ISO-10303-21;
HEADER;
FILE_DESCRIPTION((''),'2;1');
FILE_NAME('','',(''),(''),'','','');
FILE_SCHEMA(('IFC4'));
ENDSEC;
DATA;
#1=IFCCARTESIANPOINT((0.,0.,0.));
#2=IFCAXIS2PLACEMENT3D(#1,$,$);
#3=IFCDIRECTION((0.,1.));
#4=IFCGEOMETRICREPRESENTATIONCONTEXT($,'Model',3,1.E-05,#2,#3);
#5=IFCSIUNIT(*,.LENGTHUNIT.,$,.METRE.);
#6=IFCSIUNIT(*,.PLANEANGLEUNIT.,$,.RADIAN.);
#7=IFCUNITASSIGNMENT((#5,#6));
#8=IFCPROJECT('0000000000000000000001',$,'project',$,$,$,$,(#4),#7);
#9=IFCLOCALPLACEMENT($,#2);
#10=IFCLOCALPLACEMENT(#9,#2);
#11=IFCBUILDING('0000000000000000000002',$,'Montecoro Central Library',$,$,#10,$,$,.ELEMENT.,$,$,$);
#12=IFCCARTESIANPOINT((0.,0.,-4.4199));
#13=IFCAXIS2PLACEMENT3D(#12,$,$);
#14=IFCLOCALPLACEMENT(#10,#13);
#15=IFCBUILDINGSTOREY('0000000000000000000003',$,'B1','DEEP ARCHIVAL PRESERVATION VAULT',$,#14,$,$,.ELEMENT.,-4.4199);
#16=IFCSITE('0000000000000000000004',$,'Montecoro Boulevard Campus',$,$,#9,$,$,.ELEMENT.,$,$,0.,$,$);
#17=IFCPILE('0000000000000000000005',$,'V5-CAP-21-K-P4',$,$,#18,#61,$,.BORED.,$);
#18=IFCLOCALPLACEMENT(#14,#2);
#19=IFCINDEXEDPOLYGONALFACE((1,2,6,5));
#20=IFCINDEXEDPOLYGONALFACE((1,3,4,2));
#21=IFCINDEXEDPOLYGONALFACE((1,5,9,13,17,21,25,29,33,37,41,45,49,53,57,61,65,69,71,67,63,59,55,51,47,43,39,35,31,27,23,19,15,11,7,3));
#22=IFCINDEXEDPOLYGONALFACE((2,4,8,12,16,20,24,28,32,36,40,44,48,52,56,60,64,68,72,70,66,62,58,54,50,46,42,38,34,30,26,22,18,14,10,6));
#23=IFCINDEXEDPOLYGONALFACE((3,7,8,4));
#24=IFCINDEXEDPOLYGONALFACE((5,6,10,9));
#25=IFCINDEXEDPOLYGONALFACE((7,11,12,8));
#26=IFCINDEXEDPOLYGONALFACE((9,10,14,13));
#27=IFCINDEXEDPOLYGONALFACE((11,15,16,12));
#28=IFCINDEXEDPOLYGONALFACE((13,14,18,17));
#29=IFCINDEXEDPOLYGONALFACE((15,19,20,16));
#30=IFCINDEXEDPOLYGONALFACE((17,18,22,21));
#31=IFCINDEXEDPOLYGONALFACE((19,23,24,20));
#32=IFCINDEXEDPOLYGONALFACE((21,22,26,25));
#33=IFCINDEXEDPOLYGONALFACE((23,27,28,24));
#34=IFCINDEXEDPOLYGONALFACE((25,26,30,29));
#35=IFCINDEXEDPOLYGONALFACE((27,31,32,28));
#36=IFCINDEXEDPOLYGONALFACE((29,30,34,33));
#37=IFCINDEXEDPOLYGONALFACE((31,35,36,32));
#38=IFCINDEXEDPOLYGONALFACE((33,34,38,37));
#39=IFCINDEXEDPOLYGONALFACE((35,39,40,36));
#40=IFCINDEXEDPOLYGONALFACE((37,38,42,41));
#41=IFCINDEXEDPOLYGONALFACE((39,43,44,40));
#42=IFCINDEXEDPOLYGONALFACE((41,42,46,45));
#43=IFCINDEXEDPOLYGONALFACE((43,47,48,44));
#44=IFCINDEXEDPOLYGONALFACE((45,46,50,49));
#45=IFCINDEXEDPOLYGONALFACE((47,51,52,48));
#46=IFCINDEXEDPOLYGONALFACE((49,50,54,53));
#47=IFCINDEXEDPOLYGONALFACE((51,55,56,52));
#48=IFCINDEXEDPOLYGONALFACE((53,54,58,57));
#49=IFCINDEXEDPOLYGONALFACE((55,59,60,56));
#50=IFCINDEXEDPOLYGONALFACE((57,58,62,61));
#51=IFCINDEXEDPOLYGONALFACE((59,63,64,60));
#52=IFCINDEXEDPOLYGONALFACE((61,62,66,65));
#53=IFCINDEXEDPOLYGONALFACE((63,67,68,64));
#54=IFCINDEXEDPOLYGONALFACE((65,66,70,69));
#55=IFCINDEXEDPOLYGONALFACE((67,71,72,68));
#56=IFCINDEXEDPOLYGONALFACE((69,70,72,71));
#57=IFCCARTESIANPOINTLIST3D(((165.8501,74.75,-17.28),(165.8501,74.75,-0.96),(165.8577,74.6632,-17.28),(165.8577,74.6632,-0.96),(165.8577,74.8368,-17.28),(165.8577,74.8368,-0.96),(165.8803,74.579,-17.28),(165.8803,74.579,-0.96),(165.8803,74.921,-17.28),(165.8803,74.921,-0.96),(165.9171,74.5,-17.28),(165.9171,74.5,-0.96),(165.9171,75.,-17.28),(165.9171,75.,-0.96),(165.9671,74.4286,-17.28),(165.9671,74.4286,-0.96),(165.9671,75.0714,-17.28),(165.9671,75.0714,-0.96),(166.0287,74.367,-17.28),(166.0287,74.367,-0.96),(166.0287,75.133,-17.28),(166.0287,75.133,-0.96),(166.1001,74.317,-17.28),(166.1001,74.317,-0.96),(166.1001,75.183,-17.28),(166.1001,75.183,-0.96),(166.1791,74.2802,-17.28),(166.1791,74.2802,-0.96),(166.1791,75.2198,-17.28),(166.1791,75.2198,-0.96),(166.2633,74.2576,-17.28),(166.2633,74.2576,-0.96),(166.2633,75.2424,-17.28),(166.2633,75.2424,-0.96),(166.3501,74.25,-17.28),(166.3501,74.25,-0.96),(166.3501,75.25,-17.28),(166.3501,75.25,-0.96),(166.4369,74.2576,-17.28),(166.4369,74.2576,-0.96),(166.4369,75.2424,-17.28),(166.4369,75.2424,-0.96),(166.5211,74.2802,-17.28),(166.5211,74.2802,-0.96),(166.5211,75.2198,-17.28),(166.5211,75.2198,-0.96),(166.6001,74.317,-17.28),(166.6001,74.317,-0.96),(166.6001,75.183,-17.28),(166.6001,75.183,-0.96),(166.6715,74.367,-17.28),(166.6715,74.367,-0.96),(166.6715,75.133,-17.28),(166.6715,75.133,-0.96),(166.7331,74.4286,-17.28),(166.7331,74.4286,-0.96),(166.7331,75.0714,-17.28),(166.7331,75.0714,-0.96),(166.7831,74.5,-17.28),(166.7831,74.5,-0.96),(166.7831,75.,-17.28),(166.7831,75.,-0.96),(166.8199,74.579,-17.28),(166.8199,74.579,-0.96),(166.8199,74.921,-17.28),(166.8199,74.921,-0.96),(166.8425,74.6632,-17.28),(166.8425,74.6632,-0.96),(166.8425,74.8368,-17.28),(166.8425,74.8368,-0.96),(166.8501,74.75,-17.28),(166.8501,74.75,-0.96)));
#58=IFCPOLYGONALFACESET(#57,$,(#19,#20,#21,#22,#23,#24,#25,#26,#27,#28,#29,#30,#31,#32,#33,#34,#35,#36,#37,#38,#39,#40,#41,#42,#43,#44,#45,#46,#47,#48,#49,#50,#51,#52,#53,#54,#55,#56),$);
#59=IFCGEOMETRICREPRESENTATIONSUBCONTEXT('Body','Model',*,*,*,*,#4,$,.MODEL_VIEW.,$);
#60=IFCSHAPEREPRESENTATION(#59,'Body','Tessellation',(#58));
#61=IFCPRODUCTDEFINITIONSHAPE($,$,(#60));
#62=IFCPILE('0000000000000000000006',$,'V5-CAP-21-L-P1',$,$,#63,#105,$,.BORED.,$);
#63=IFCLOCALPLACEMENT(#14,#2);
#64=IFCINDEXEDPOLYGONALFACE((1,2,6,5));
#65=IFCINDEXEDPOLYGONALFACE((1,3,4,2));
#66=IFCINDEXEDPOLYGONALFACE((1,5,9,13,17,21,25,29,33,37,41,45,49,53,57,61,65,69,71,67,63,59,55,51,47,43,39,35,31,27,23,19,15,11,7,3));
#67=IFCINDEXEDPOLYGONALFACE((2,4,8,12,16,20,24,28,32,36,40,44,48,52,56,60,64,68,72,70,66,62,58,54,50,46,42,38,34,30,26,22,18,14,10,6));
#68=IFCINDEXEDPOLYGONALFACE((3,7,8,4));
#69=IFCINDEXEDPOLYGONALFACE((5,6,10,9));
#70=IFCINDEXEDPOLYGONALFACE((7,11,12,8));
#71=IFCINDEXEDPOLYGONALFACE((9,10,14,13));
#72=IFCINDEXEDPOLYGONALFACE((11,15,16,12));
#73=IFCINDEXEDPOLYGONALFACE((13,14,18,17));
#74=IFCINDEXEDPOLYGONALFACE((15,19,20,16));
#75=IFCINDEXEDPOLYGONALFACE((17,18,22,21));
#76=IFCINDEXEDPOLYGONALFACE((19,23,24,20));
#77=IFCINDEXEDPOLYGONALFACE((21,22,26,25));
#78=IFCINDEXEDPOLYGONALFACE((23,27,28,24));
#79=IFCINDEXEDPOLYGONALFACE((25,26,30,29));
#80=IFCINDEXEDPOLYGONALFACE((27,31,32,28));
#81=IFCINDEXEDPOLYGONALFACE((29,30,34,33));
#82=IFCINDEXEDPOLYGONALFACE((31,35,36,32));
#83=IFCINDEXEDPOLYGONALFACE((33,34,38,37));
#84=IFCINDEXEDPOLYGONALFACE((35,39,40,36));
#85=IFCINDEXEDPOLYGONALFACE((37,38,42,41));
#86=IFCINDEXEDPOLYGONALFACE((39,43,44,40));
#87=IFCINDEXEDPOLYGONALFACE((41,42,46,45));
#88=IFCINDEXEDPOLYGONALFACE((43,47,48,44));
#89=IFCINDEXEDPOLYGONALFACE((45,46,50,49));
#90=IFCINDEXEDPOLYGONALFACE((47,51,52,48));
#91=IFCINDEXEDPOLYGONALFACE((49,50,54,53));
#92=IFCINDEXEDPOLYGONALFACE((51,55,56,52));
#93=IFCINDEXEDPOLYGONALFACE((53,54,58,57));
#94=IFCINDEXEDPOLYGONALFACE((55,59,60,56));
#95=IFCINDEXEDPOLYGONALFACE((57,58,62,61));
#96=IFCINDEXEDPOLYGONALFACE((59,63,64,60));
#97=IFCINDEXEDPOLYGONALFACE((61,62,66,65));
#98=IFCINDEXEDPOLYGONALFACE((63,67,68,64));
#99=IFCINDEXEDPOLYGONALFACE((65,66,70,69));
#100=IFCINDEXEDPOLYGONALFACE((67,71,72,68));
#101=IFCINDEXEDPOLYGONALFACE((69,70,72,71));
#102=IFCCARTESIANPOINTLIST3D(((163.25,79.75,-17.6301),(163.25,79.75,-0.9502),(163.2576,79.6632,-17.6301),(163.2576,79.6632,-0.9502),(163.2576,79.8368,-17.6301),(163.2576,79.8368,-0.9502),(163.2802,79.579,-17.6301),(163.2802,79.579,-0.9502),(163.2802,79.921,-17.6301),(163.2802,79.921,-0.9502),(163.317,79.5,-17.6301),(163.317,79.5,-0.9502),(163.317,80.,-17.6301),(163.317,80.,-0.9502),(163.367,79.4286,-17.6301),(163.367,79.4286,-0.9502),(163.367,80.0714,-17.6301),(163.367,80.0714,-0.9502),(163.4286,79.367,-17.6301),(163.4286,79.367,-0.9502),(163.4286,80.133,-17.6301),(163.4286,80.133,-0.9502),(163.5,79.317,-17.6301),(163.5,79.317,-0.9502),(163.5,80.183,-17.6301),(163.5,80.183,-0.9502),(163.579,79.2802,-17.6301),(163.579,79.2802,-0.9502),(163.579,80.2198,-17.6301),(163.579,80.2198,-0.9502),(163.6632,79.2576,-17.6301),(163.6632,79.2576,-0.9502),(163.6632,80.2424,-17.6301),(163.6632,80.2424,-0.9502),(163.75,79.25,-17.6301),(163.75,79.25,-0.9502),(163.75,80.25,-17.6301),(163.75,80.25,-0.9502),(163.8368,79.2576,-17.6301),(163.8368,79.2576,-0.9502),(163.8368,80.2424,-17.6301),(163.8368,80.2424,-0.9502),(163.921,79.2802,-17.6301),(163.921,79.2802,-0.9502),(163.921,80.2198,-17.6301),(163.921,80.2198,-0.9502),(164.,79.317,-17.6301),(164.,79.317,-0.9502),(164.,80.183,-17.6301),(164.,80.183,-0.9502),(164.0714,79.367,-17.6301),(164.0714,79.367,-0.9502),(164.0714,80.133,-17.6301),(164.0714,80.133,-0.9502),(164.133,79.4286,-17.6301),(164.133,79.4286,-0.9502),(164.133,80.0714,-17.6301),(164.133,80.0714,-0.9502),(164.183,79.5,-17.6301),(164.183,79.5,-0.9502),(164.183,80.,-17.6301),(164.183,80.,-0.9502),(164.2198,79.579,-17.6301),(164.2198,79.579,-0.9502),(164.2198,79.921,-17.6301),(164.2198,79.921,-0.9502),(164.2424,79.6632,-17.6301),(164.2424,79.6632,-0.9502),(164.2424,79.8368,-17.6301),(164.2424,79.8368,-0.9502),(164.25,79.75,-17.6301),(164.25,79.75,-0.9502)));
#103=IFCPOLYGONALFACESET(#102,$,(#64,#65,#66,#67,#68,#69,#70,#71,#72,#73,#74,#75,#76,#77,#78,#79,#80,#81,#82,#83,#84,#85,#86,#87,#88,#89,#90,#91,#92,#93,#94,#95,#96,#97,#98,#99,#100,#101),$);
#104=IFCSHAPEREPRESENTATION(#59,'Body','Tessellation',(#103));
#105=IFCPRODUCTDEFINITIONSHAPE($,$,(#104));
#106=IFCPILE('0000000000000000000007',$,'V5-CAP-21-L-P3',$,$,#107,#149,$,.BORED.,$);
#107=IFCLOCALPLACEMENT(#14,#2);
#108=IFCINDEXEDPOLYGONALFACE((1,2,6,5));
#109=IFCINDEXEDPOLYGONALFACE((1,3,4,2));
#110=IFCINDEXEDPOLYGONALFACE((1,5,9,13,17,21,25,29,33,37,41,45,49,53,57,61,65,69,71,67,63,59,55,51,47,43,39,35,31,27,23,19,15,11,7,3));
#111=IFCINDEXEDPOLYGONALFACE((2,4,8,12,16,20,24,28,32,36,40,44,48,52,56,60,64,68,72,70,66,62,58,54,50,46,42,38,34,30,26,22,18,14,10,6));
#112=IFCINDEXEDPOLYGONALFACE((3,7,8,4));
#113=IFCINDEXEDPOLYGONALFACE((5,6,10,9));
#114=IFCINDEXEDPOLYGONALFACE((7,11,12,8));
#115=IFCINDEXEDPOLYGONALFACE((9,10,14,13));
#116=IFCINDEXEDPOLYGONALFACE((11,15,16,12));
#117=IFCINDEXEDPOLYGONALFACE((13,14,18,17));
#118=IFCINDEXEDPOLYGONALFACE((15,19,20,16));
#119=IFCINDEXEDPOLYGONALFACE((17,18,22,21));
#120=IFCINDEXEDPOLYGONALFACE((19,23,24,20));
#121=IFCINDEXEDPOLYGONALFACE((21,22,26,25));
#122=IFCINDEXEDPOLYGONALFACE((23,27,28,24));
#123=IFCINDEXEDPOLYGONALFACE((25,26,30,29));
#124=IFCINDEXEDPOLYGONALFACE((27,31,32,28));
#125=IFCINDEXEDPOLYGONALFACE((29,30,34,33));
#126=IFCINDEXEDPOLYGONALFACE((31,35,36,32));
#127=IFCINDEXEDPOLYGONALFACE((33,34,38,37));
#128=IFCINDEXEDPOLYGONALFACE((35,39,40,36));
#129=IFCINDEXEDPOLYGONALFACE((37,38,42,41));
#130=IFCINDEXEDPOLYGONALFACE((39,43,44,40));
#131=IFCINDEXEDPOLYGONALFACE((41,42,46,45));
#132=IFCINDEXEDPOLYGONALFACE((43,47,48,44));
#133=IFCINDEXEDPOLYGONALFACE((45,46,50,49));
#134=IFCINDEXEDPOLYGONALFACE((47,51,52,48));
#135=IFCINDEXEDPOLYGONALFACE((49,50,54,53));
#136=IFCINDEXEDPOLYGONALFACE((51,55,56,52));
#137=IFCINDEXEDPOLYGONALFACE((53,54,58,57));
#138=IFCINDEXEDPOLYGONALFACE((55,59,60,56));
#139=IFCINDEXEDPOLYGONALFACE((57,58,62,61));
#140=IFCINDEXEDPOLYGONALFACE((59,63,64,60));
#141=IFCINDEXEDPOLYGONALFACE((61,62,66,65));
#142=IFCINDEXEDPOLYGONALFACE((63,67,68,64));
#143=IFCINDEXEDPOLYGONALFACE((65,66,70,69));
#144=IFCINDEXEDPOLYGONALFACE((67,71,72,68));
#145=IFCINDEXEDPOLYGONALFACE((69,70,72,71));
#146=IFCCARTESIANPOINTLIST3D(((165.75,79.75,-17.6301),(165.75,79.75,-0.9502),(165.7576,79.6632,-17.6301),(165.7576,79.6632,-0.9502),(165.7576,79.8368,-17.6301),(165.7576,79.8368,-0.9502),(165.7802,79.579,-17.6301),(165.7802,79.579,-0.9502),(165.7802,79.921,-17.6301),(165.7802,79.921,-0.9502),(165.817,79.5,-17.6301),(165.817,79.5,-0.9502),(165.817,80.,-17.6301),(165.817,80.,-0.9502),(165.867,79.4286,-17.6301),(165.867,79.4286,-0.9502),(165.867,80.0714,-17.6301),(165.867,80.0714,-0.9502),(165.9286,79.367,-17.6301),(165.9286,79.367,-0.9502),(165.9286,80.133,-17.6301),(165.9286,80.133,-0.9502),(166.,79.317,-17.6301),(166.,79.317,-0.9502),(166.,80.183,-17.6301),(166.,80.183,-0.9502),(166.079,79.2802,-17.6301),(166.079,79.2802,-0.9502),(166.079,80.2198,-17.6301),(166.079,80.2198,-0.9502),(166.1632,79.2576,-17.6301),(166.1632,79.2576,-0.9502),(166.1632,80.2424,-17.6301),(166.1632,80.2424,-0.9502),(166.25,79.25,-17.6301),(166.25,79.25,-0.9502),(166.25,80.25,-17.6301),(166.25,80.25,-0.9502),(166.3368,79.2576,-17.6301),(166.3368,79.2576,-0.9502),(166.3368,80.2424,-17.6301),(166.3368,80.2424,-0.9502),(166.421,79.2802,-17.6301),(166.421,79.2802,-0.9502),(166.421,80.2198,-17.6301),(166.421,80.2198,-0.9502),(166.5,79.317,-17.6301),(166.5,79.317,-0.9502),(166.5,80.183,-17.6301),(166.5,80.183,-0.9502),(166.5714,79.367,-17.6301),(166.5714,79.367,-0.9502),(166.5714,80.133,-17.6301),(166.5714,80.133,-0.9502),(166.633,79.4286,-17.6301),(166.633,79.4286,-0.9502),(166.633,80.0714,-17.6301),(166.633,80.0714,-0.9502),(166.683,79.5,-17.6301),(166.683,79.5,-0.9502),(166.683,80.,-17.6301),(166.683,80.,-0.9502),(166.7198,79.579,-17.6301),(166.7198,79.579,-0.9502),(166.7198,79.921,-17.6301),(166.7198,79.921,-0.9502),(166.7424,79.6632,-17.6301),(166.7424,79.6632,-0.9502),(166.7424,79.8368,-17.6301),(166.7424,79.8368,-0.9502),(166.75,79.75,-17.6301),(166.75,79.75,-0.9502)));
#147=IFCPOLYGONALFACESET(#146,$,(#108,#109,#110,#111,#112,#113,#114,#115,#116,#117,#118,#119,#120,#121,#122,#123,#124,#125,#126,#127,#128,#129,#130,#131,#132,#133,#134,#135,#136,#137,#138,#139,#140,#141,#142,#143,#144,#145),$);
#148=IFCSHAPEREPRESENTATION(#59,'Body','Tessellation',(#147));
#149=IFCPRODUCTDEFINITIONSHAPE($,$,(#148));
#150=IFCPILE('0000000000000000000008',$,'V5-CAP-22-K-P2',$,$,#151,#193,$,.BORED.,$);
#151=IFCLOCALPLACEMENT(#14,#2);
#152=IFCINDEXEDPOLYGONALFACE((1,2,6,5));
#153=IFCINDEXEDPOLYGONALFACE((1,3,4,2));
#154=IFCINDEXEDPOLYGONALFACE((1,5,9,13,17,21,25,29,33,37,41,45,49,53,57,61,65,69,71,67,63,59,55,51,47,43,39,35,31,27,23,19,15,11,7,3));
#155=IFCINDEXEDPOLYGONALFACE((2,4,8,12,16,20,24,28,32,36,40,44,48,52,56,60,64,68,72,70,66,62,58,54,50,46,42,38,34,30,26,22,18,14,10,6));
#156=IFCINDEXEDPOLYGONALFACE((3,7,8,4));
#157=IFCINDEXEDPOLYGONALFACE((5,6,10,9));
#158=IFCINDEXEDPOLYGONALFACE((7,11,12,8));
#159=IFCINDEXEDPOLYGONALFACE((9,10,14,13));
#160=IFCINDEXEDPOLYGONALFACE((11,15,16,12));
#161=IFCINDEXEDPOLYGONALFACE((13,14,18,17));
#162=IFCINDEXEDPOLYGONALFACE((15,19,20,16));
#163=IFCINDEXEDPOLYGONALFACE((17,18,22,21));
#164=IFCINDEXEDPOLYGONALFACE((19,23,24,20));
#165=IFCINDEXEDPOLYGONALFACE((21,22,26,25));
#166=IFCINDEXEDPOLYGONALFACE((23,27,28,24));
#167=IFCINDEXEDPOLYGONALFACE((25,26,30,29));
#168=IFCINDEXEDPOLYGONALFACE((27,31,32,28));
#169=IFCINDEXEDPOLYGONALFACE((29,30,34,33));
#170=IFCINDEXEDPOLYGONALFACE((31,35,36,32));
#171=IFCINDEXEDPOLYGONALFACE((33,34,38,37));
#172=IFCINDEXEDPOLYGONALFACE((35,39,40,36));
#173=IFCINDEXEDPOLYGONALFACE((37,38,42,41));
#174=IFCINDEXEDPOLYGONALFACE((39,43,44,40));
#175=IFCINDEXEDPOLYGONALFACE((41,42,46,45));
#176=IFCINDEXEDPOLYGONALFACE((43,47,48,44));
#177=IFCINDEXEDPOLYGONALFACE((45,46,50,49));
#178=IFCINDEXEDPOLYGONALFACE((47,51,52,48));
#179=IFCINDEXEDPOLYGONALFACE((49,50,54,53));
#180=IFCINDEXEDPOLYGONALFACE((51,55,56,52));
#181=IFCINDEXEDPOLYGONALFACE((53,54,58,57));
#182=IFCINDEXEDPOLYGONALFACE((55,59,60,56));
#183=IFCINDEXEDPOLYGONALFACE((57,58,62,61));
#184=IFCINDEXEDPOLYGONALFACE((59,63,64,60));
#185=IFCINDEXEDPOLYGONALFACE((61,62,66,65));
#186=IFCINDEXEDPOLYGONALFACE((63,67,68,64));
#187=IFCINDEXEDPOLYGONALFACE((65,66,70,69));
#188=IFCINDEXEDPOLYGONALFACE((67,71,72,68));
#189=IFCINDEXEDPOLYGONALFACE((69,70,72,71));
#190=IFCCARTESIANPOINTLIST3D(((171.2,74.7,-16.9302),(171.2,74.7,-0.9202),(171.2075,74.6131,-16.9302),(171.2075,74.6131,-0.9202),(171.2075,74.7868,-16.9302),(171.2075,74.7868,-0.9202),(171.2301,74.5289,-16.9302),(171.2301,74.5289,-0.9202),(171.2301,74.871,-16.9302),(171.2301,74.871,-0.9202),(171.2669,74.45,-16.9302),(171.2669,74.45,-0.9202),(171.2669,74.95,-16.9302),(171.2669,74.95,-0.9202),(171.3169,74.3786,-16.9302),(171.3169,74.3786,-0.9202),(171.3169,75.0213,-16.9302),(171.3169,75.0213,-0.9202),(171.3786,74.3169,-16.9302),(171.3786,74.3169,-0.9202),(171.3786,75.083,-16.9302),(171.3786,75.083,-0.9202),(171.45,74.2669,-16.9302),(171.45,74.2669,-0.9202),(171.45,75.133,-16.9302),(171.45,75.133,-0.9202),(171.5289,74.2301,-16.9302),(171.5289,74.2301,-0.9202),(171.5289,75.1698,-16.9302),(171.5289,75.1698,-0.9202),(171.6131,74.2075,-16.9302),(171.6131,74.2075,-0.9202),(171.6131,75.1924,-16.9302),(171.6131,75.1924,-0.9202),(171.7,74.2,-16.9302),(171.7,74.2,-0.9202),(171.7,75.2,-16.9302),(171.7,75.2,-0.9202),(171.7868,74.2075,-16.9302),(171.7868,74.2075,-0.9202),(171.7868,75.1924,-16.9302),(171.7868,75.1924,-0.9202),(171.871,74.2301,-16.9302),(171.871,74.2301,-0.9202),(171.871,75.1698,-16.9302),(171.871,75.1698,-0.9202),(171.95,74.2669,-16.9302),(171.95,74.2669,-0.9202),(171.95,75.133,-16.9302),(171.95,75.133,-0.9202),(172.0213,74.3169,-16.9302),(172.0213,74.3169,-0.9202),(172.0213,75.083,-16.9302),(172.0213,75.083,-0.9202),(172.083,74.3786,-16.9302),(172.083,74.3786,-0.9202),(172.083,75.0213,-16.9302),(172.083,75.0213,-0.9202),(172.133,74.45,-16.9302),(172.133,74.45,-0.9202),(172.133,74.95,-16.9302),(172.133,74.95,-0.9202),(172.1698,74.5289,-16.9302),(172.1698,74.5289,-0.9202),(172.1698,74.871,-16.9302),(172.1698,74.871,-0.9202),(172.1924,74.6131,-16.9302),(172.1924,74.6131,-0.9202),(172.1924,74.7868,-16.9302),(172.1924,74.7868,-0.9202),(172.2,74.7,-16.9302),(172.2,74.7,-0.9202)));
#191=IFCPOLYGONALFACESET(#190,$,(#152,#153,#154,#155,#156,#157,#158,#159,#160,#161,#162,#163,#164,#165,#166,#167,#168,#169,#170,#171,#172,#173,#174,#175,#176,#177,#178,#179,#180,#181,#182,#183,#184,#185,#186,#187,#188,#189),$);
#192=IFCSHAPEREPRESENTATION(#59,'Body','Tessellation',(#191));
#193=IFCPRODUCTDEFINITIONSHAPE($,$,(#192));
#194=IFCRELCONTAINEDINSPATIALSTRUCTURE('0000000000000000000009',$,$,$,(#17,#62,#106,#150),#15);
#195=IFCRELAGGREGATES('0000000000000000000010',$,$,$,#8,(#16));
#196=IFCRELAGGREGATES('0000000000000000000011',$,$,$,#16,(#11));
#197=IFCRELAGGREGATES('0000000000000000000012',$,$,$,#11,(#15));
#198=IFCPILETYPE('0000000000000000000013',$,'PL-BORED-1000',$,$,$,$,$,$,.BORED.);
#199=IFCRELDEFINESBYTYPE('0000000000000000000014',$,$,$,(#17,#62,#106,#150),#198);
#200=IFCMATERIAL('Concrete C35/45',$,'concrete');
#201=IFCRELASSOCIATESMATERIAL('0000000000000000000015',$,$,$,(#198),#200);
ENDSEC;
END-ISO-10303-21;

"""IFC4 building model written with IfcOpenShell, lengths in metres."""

from ifc_helpers import new_model, si_unit, direction, frame, origin, origin_2d, place, context, subcontext, project, spatial, circle, extrude, material, material_profile, profile_set, type_object, element, save


model = new_model("IFC4")

# Units and contexts
model_context = context("Model", 3, precision=1e-05, world=origin(), true_north=direction((0.0, 1.0)))
body_context = subcontext(model_context, "Body", "Model", "MODEL_VIEW")
ifc_project = project(units=[si_unit("LENGTHUNIT", "METRE"), si_unit("PLANEANGLEUNIT", "RADIAN")], contexts=[model_context])

# Site, building, storey
site_placement = place(None, origin())
site = spatial("IfcSite", under=ifc_project, at=site_placement, Name="Montecoro Boulevard Campus", CompositionType="ELEMENT", RefElevation=0.0)
building_placement = place(site_placement, origin())
building = spatial("IfcBuilding", under=site, at=building_placement, Name="Montecoro Central Library", CompositionType="ELEMENT")
storey_placement = place(building_placement, frame((0.0, 0.0, -4.4199)))
storey = spatial("IfcBuildingStorey", under=building, at=storey_placement, Name="B1", Description="DEEP ARCHIVAL PRESERVATION VAULT", CompositionType="ELEMENT", Elevation=-4.4199)

# Shared definitions
ifc_material_1 = material(Name="Concrete C35/45", Category="concrete")

# Piles
ifc_material_profile_1 = material_profile(ifc_material_1, circle(Radius=0.5, at=origin_2d()), Name="PILE D1000")
ifc_profile_set_1 = profile_set([ifc_material_profile_1], Name="Concrete C35/45")
pile_type_1 = type_object("IfcPileType", Name="PL-BORED-1000", PredefinedType="BORED", material=ifc_profile_set_1)
for number, where, z_axis, x_axis, name in (
    (1, (166.3501, 74.75, -0.96), (0.0, 0.0, -1.0), (1.0, 0.0, 0.0), "V5-CAP-21-K-P4"),
):
    element("IfcPile", number, at=place(storey_placement, frame(where, z_axis=z_axis, x_axis=x_axis)), inside=storey, type_object=pile_type_1, Name=name, PredefinedType="BORED", context=body_context, shape_type="SweptSolid", body=[
        extrude(circle(Radius=0.5, at=origin_2d()), origin(), (0.0, 0.0, 1.0), 16.3201),
    ])
for number, where, z_axis, x_axis, name in (
    (2, (163.75, 79.75, -0.9502), (0.0, 0.0, -1.0), (1.0, 0.0, 0.0), "V5-CAP-21-L-P1"),
    (3, (166.25, 79.75, -0.9502), (0.0, 0.0, -1.0), (1.0, 0.0, 0.0), "V5-CAP-21-L-P3"),
):
    element("IfcPile", number, at=place(storey_placement, frame(where, z_axis=z_axis, x_axis=x_axis)), inside=storey, type_object=pile_type_1, Name=name, PredefinedType="BORED", context=body_context, shape_type="SweptSolid", body=[
        extrude(circle(Radius=0.5, at=origin_2d()), origin(), (0.0, 0.0, 1.0), 16.6799),
    ])
for number, where, z_axis, x_axis, name in (
    (4, (171.7, 74.7, -0.9202), (0.0, 0.0, -1.0), (1.0, 0.0, 0.0), "V5-CAP-22-K-P2"),
):
    element("IfcPile", number, at=place(storey_placement, frame(where, z_axis=z_axis, x_axis=x_axis)), inside=storey, type_object=pile_type_1, Name=name, PredefinedType="BORED", context=body_context, shape_type="SweptSolid", body=[
        extrude(circle(Radius=0.5, at=origin_2d()), origin(), (0.0, 0.0, 1.0), 16.01),
    ])

save(model, "model.ifc")
